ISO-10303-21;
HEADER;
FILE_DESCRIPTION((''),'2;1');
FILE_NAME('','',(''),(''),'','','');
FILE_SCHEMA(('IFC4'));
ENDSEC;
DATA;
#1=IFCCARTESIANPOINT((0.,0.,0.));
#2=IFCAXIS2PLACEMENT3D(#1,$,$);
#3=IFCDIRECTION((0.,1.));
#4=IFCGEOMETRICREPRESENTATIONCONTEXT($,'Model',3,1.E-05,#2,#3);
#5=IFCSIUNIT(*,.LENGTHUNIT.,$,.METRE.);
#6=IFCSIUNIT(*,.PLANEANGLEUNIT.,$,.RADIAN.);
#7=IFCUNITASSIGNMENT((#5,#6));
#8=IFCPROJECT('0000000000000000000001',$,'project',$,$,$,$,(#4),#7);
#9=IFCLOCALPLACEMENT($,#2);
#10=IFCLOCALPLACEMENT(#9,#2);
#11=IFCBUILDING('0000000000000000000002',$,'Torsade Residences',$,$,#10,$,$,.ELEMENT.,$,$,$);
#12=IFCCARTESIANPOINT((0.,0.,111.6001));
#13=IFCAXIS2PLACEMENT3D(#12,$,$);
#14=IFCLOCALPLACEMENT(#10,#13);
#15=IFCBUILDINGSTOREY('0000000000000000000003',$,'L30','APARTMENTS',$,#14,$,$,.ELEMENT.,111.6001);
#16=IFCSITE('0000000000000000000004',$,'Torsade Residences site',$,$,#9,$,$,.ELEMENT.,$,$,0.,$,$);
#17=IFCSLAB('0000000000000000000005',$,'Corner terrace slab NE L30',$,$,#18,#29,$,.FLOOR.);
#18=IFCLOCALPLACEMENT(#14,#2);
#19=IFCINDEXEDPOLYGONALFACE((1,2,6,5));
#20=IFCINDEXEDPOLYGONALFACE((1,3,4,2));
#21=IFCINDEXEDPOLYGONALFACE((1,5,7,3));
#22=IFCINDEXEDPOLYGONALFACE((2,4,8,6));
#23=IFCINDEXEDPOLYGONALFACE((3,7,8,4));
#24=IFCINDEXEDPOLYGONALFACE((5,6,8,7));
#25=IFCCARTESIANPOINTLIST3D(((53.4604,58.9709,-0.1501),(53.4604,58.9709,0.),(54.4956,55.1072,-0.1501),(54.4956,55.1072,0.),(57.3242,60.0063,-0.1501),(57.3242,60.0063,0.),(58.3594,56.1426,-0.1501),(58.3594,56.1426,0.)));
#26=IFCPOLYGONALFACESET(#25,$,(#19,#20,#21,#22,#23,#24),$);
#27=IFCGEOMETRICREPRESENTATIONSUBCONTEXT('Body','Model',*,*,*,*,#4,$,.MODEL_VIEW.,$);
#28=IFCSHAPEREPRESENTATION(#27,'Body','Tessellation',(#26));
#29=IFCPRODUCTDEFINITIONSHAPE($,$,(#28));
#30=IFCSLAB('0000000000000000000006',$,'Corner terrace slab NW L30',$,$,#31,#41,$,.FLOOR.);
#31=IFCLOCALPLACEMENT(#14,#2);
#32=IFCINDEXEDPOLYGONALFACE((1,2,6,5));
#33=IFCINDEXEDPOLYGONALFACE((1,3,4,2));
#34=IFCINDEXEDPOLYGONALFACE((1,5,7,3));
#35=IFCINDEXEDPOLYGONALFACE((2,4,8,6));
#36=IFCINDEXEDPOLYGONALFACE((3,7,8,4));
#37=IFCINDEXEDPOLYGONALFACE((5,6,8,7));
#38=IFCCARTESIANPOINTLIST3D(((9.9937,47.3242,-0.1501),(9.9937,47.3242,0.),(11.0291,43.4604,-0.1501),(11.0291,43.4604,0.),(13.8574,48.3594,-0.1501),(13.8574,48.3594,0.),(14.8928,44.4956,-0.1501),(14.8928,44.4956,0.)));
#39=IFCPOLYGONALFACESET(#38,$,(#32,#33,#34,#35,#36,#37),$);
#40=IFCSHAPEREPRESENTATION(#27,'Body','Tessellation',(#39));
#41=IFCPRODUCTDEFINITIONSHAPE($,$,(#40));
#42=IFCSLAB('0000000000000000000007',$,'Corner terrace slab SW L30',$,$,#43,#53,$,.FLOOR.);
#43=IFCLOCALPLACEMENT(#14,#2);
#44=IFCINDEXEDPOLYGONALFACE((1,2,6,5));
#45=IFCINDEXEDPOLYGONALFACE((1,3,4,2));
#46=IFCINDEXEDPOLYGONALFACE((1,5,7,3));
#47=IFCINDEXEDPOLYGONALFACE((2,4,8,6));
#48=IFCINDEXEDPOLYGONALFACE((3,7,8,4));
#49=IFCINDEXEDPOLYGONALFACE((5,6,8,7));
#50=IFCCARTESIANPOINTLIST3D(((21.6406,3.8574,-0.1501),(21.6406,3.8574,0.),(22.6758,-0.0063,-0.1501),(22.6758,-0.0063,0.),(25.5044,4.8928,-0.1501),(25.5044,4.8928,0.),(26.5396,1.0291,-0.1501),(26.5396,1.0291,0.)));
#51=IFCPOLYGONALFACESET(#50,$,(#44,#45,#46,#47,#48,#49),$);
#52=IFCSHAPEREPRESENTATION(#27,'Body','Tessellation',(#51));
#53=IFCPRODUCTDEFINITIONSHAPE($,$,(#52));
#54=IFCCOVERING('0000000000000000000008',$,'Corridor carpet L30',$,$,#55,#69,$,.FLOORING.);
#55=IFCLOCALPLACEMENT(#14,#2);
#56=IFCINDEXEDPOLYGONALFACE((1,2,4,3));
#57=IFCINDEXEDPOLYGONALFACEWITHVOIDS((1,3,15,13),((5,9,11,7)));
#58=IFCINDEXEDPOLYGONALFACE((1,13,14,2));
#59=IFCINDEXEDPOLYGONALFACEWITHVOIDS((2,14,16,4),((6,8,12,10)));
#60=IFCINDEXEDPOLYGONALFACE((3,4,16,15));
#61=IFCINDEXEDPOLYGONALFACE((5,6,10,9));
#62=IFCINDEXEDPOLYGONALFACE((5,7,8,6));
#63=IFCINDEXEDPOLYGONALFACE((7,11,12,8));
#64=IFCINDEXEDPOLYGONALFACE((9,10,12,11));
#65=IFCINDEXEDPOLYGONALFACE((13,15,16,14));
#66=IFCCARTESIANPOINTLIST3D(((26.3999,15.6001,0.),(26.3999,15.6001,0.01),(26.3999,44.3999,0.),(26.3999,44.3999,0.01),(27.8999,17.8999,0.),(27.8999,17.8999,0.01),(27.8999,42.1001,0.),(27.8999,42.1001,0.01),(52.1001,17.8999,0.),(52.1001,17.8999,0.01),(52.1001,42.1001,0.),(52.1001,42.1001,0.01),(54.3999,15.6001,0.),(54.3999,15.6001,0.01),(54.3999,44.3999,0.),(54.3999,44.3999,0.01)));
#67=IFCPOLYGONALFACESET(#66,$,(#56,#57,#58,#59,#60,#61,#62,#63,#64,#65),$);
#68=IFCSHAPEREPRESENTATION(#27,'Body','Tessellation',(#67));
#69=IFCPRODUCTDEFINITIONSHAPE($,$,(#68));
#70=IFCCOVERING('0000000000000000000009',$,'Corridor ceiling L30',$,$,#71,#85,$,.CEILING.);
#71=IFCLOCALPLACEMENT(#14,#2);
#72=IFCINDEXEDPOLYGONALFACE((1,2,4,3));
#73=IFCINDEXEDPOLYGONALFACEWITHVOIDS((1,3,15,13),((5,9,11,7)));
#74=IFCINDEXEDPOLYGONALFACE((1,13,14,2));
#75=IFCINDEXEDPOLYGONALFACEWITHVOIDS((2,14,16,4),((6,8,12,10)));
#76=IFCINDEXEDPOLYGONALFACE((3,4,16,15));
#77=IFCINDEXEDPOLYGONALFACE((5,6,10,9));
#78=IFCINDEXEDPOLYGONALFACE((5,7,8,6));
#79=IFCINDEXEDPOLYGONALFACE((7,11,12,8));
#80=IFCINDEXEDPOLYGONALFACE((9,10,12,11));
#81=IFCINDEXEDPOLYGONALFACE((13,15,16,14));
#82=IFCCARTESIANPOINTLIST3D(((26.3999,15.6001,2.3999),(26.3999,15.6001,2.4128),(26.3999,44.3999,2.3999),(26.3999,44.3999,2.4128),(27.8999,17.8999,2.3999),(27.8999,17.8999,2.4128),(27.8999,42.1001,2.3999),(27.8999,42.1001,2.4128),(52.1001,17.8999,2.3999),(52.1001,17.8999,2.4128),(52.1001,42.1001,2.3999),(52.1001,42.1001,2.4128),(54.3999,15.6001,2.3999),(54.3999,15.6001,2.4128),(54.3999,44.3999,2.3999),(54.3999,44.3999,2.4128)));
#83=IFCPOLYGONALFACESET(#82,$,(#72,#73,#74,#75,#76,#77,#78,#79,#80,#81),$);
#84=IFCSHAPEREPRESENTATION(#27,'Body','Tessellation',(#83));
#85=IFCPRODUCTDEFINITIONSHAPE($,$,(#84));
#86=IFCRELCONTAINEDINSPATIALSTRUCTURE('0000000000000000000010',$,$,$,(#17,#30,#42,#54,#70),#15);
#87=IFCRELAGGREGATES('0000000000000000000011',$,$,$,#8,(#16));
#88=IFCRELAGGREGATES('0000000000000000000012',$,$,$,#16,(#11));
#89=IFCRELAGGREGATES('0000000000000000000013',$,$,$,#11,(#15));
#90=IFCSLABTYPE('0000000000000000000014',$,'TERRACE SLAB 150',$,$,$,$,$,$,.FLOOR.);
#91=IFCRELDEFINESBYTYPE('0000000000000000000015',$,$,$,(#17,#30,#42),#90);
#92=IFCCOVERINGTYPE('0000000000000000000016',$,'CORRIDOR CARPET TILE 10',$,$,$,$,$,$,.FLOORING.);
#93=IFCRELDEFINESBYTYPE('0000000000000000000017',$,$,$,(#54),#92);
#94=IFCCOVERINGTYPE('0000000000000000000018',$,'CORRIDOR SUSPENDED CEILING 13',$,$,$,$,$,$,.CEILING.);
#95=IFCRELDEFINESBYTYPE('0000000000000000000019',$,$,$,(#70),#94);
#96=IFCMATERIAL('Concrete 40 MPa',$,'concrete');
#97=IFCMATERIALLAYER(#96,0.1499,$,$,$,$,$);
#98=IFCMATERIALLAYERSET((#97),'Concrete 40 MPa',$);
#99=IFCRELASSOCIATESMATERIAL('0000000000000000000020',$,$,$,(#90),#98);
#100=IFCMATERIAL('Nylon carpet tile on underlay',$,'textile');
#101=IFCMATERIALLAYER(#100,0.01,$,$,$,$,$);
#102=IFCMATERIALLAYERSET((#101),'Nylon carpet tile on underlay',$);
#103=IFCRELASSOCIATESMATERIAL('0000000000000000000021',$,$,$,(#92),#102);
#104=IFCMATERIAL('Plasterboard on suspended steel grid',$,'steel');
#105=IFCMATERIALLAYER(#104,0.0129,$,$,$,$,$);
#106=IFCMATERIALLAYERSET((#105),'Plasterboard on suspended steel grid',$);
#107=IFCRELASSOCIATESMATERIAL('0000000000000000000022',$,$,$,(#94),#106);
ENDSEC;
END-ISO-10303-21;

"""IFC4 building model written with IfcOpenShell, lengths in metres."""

from ifc_helpers import new_model, si_unit, direction, frame, origin, place, context, subcontext, project, spatial, polyline, outline, extrude, material, layer, layer_set, type_object, element, save


model = new_model("IFC4")

# Units and contexts
model_context = context("Model", 3, precision=1e-05, world=origin(), true_north=direction((0.0, 1.0)))
body_context = subcontext(model_context, "Body", "Model", "MODEL_VIEW")
ifc_project = project(units=[si_unit("LENGTHUNIT", "METRE"), si_unit("PLANEANGLEUNIT", "RADIAN")], contexts=[model_context])

# Site, building, storey
site_placement = place(None, origin())
site = spatial("IfcSite", under=ifc_project, at=site_placement, Name="Torsade Residences site", CompositionType="ELEMENT", RefElevation=0.0)
building_placement = place(site_placement, origin())
building = spatial("IfcBuilding", under=site, at=building_placement, Name="Torsade Residences", CompositionType="ELEMENT")
storey_placement = place(building_placement, frame((0.0, 0.0, 111.6001)))
storey = spatial("IfcBuildingStorey", under=building, at=storey_placement, Name="L30", Description="APARTMENTS", CompositionType="ELEMENT", Elevation=111.6001)

# Slabs
ifc_material_1 = material(Name="Concrete 40 MPa", Category="concrete")
ifc_layer_1 = layer(ifc_material_1, 0.1499)
ifc_layer_set_1 = layer_set([ifc_layer_1], Name="Concrete 40 MPa")
slab_type_1 = type_object("IfcSlabType", Name="TERRACE SLAB 150", PredefinedType="FLOOR", material=ifc_layer_set_1)
slab_1_placement = place(storey_placement, frame((0.0, 0.0, -0.1501)))
element("IfcSlab", 1, at=slab_1_placement, inside=storey, type_object=slab_type_1, Name="Corner terrace slab NE L30", PredefinedType="FLOOR", context=body_context, shape_type="SweptSolid", body=[
    extrude(outline(polyline([(54.4956, 55.1072), (58.3594, 56.1426), (57.3242, 60.0063), (53.4604, 58.9709), (54.4956, 55.1072)])), origin(), (0.0, 0.0, 1.0), 0.1501),
])
slab_2_placement = place(storey_placement, frame((0.0, 0.0, -0.1501)))
element("IfcSlab", 2, at=slab_2_placement, inside=storey, type_object=slab_type_1, Name="Corner terrace slab NW L30", PredefinedType="FLOOR", context=body_context, shape_type="SweptSolid", body=[
    extrude(outline(polyline([(11.0291, 43.4604), (14.8928, 44.4956), (13.8574, 48.3594), (9.9937, 47.3242), (11.0291, 43.4604)])), origin(), (0.0, 0.0, 1.0), 0.1501),
])
slab_3_placement = place(storey_placement, frame((0.0, 0.0, -0.1501)))
element("IfcSlab", 3, at=slab_3_placement, inside=storey, type_object=slab_type_1, Name="Corner terrace slab SW L30", PredefinedType="FLOOR", context=body_context, shape_type="SweptSolid", body=[
    extrude(outline(polyline([(22.6758, -0.0063), (26.5396, 1.0291), (25.5044, 4.8928), (21.6406, 3.8574), (22.6758, -0.0063)])), origin(), (0.0, 0.0, 1.0), 0.1501),
])

# Coverings
ifc_material_2 = material(Name="Nylon carpet tile on underlay", Category="textile")
ifc_layer_2 = layer(ifc_material_2, 0.01)
ifc_layer_set_2 = layer_set([ifc_layer_2], Name="Nylon carpet tile on underlay")
covering_type_1 = type_object("IfcCoveringType", Name="CORRIDOR CARPET TILE 10", PredefinedType="FLOORING", material=ifc_layer_set_2)
covering_1_placement = place(storey_placement, origin())
element("IfcCovering", 4, at=covering_1_placement, inside=storey, type_object=covering_type_1, Name="Corridor carpet L30", PredefinedType="FLOORING", context=body_context, shape_type="SweptSolid", body=[
    extrude(outline(polyline([(54.3999, 15.6001), (54.3999, 44.3999), (26.3999, 44.3999), (26.3999, 15.6001), (54.3999, 15.6001)]), holes=[polyline([(52.1001, 42.1001), (27.8999, 42.1001), (27.8999, 17.8999), (52.1001, 17.8999), (52.1001, 42.1001)])]), origin(), (0.0, 0.0, 1.0), 0.01),
])
ifc_material_3 = material(Name="Plasterboard on suspended steel grid", Category="steel")
ifc_layer_3 = layer(ifc_material_3, 0.0129)
ifc_layer_set_3 = layer_set([ifc_layer_3], Name="Plasterboard on suspended steel grid")
covering_type_2 = type_object("IfcCoveringType", Name="CORRIDOR SUSPENDED CEILING 13", PredefinedType="CEILING", material=ifc_layer_set_3)
covering_2_placement = place(storey_placement, frame((0.0, 0.0, 2.3999)))
element("IfcCovering", 5, at=covering_2_placement, inside=storey, type_object=covering_type_2, Name="Corridor ceiling L30", PredefinedType="CEILING", context=body_context, shape_type="SweptSolid", body=[
    extrude(outline(polyline([(54.3999, 15.6001), (54.3999, 44.3999), (26.3999, 44.3999), (26.3999, 15.6001), (54.3999, 15.6001)]), holes=[polyline([(52.1001, 42.1001), (27.8999, 42.1001), (27.8999, 17.8999), (52.1001, 17.8999), (52.1001, 42.1001)])]), origin(), (0.0, 0.0, 1.0), 0.0129),
])

save(model, "model.ifc")
